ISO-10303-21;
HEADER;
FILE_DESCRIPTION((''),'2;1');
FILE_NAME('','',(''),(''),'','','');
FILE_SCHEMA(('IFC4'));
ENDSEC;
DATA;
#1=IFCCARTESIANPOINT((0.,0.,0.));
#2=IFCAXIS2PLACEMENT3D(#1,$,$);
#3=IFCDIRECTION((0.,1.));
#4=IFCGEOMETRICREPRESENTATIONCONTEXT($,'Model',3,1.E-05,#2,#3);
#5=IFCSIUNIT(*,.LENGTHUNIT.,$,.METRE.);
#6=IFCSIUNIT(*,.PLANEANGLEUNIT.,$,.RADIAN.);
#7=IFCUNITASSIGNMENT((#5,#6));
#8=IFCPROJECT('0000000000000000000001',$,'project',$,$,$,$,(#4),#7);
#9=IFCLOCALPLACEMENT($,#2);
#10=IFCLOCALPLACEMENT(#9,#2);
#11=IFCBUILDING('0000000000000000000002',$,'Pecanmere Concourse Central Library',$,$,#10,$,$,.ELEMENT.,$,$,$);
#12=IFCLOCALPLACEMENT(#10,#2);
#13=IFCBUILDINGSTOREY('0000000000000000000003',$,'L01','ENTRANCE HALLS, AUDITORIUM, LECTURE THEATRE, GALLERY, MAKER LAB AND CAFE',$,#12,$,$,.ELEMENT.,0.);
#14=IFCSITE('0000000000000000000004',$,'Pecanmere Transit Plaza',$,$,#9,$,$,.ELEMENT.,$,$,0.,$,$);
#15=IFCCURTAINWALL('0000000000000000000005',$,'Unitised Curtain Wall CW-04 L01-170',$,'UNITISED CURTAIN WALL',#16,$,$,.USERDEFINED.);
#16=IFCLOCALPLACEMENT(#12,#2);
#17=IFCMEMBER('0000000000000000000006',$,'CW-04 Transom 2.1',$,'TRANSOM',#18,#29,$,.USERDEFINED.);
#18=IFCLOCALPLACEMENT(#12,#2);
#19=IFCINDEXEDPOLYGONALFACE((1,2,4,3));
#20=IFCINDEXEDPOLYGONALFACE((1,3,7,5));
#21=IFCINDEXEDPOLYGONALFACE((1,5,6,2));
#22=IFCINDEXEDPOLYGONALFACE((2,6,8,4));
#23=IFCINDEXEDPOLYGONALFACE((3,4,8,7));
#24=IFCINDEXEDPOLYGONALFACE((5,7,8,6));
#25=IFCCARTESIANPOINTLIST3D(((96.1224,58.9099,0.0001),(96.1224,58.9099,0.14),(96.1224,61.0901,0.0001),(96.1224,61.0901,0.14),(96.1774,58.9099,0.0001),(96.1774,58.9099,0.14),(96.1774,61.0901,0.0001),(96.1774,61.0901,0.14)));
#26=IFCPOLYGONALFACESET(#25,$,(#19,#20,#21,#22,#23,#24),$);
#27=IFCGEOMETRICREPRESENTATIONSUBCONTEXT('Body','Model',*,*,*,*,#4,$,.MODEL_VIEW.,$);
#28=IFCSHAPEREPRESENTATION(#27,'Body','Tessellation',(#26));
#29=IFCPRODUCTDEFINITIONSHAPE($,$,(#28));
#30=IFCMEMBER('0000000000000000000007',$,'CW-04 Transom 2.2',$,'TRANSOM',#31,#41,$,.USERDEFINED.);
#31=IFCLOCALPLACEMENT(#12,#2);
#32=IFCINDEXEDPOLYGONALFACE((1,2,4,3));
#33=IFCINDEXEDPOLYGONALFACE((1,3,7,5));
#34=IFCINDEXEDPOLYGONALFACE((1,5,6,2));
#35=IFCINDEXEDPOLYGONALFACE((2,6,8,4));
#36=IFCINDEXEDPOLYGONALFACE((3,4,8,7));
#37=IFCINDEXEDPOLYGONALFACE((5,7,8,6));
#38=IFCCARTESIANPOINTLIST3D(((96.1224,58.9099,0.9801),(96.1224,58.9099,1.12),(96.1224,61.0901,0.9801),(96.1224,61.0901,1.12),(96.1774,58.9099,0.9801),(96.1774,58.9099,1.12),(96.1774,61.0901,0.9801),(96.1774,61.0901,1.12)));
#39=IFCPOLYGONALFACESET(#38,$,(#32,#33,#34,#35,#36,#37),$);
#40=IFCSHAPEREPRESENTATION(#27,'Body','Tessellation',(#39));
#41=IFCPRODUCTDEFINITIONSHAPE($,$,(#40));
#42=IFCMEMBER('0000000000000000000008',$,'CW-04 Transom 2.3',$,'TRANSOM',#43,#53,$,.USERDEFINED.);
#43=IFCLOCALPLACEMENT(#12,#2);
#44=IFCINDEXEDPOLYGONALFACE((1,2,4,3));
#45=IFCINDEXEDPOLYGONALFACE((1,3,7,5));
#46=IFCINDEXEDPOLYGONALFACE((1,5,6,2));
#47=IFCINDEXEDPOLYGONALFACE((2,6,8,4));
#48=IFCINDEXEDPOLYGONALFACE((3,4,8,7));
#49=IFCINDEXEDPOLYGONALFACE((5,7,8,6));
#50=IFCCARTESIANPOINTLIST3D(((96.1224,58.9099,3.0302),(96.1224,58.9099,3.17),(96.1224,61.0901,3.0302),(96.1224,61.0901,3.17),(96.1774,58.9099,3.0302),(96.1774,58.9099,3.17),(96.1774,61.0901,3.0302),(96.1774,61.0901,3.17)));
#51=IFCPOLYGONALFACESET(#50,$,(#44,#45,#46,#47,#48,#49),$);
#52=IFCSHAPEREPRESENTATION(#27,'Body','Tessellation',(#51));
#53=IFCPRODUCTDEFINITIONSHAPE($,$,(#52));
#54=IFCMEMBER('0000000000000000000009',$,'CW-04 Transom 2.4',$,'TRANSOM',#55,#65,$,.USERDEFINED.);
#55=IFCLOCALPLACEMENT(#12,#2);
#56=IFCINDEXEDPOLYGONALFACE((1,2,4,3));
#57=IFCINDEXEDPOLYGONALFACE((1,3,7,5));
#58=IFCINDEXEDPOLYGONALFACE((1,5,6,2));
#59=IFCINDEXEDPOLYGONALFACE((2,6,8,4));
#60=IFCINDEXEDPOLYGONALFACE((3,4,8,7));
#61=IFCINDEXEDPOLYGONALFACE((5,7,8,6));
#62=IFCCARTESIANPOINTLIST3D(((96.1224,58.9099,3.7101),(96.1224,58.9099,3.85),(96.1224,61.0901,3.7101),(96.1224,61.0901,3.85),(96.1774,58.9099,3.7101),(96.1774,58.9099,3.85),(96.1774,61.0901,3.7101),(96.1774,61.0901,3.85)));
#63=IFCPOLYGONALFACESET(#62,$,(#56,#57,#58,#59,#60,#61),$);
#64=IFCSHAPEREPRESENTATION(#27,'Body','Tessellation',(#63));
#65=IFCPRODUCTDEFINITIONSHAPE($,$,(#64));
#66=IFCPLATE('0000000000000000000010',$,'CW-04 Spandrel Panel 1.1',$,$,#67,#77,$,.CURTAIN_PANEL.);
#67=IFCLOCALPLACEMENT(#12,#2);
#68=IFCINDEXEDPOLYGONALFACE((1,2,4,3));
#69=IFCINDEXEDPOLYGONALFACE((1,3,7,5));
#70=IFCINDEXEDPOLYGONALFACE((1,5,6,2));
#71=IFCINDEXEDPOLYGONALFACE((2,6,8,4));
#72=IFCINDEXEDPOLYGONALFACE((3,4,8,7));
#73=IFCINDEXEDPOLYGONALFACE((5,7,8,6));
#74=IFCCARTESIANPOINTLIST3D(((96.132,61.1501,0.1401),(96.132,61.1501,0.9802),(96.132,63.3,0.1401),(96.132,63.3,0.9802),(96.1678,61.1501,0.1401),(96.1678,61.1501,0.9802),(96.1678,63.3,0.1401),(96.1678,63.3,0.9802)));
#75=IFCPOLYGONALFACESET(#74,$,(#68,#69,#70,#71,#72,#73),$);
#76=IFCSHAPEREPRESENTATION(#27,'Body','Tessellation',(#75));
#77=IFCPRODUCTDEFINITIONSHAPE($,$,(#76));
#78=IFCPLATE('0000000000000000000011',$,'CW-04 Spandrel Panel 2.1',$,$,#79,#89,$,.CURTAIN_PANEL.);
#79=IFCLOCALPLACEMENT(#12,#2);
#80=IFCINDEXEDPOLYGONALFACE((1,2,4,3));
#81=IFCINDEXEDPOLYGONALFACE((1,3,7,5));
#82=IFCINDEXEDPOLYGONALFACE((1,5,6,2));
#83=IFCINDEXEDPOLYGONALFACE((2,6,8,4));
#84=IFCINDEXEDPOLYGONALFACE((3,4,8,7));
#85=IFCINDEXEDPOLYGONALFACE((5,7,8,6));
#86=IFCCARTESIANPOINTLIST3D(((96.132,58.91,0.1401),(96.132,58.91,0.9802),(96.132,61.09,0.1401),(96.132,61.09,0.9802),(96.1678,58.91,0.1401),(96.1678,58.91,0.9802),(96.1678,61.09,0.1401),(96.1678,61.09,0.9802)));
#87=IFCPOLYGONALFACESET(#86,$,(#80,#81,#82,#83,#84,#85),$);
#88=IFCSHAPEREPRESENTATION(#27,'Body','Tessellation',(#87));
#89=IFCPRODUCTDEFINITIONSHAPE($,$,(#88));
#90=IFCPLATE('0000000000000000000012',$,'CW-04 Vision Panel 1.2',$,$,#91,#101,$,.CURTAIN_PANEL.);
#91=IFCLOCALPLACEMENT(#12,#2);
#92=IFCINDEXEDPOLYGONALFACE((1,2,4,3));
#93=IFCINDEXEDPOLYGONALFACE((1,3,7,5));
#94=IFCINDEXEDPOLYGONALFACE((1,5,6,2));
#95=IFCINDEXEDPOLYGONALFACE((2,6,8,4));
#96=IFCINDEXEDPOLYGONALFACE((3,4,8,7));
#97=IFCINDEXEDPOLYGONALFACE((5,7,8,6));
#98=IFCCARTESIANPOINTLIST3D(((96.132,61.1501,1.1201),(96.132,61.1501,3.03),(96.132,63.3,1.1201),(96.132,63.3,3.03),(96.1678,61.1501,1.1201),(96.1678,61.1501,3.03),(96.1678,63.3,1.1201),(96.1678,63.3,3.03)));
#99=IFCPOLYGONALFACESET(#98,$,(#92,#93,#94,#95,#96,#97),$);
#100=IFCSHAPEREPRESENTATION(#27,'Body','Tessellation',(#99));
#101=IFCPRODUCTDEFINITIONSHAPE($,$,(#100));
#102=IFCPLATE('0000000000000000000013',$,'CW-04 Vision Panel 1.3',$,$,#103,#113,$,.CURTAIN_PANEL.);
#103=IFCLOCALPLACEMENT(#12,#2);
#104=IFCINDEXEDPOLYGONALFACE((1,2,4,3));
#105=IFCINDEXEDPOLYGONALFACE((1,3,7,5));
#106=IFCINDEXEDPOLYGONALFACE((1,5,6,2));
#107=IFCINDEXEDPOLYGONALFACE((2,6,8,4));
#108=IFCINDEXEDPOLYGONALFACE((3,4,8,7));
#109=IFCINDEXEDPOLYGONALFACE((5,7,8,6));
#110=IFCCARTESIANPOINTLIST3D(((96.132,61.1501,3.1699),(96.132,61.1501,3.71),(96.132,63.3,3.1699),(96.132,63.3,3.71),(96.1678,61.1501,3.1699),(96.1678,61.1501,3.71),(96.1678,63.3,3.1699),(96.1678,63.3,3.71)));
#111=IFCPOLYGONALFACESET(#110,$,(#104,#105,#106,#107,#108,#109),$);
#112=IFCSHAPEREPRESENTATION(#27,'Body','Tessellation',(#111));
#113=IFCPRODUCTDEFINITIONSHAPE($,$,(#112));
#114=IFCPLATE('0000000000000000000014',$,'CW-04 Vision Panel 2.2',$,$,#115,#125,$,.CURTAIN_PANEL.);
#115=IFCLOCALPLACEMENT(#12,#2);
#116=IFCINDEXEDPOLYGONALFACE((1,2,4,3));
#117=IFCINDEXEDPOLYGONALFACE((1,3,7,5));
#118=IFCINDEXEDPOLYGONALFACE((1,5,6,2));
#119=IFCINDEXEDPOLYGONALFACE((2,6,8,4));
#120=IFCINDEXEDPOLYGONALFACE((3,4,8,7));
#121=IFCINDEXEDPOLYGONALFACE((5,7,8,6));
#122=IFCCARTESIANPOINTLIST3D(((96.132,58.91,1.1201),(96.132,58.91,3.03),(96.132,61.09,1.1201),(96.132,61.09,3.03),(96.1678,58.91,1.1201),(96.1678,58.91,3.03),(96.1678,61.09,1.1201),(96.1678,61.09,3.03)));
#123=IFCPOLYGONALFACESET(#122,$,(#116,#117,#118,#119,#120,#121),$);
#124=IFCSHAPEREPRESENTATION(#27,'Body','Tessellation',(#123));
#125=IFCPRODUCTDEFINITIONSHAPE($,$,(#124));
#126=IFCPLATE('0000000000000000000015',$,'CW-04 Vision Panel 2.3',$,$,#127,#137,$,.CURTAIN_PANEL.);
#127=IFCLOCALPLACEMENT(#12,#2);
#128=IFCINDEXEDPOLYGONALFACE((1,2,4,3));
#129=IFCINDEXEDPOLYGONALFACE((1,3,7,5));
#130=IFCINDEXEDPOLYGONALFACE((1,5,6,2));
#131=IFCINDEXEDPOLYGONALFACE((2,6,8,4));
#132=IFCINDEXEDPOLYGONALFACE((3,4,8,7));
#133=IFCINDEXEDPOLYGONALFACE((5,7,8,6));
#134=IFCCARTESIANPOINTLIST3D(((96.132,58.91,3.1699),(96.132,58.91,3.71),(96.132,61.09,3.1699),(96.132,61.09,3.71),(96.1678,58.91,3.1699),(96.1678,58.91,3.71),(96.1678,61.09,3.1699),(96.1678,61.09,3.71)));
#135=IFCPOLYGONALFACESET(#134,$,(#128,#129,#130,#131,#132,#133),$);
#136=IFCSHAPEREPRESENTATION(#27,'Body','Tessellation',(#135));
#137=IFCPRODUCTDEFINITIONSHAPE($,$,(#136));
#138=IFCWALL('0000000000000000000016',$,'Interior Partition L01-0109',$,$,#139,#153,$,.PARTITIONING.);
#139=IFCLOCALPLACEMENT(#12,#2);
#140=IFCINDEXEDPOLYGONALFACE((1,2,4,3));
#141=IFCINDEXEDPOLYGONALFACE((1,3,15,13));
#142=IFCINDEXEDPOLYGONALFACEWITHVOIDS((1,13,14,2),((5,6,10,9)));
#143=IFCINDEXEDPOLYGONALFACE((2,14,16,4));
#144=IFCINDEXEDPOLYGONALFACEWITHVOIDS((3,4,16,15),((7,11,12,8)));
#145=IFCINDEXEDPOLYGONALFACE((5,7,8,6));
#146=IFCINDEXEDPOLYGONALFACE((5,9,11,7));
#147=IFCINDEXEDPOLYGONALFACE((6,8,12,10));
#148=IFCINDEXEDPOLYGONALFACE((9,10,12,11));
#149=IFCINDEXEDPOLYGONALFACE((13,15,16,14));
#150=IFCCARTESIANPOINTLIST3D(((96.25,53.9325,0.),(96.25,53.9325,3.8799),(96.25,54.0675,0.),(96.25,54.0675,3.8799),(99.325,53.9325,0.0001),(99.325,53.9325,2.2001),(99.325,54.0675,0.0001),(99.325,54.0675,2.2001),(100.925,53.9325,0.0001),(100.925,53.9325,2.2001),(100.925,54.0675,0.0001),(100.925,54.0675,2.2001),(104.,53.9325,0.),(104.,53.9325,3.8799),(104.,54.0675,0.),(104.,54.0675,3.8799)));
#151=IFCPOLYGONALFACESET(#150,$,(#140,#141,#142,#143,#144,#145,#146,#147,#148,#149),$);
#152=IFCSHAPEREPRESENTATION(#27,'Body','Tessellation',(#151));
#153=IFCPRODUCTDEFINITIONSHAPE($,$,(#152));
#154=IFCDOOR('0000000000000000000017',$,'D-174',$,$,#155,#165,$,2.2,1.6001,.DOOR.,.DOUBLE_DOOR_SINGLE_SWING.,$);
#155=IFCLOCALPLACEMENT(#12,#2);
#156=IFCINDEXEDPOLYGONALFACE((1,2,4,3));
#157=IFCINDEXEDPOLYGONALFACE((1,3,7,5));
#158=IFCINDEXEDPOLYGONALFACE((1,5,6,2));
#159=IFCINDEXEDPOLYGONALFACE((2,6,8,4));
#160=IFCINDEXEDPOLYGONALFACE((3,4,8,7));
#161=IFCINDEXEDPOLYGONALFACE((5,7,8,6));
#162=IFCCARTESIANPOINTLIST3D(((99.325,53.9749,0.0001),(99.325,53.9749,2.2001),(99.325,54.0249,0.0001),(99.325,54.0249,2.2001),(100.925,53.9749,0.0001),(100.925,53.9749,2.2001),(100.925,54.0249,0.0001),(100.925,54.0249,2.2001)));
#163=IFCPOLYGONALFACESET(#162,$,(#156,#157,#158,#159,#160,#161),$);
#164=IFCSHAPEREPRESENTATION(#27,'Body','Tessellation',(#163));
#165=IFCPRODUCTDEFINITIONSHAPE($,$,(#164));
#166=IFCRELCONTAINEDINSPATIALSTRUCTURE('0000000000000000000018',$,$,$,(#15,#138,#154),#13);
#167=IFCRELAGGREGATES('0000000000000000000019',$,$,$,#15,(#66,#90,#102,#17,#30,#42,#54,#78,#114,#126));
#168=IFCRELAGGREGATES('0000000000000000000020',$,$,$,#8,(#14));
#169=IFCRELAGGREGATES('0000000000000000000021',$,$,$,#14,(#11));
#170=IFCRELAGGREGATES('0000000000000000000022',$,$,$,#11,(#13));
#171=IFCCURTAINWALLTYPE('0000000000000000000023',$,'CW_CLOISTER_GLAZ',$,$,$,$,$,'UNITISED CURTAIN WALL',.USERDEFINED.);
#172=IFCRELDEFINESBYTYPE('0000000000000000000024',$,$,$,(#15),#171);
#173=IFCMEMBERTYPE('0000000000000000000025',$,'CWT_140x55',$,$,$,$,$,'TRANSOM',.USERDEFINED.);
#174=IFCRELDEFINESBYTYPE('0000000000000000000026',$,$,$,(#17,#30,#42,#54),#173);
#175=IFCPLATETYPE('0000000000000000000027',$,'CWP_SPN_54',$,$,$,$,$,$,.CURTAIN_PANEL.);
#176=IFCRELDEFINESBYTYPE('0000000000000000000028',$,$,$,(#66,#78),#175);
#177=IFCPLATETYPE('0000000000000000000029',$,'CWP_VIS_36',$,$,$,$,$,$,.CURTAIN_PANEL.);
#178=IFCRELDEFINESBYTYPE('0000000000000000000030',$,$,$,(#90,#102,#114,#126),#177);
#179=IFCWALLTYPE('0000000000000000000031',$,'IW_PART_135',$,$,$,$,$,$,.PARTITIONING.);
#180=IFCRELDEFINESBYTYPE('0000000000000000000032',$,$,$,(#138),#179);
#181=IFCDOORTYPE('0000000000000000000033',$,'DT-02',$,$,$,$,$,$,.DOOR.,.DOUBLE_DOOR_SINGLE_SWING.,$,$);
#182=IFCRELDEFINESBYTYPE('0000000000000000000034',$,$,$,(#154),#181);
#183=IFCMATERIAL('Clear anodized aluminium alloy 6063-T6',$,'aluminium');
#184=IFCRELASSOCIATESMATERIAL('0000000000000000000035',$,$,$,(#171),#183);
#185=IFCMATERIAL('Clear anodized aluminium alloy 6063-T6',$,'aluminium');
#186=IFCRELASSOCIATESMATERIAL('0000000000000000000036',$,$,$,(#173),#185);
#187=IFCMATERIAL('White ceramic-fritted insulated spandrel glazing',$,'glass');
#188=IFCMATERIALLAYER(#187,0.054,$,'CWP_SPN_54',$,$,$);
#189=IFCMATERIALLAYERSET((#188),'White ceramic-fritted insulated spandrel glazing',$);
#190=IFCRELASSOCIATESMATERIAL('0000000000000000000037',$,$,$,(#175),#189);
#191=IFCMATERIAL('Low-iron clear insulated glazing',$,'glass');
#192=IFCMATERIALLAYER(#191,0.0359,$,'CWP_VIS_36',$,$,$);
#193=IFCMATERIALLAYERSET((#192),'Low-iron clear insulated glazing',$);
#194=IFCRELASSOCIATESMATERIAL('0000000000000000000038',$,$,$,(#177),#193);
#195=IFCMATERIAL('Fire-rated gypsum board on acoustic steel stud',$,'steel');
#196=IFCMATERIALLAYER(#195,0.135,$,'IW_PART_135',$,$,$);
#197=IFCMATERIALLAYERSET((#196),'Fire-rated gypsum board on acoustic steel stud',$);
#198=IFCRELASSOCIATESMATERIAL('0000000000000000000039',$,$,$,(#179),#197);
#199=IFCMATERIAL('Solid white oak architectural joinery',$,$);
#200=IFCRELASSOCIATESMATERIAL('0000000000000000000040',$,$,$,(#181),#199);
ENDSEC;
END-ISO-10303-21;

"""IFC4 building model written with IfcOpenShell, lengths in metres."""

from ifc_helpers import new_model, si_unit, direction, frame, frame_2d, origin, origin_2d, place, context, subcontext, project, spatial, rectangle, extrude, material, layer, layer_set, material_profile, profile_set, type_object, element, fill, aggregate, save


model = new_model("IFC4")

# Units and contexts
model_context = context("Model", 3, precision=1e-05, world=origin(), true_north=direction((0.0, 1.0)))
body_context = subcontext(model_context, "Body", "Model", "MODEL_VIEW")
ifc_project = project(units=[si_unit("LENGTHUNIT", "METRE"), si_unit("PLANEANGLEUNIT", "RADIAN")], contexts=[model_context])

# Site, building, storey
site_placement = place(None, origin())
site = spatial("IfcSite", under=ifc_project, at=site_placement, Name="Pecanmere Transit Plaza", CompositionType="ELEMENT", RefElevation=0.0)
building_placement = place(site_placement, origin())
building = spatial("IfcBuilding", under=site, at=building_placement, Name="Pecanmere Concourse Central Library", CompositionType="ELEMENT")
storey_placement = place(building_placement, origin())
storey = spatial("IfcBuildingStorey", under=building, at=storey_placement, Name="L01", Description="ENTRANCE HALLS, AUDITORIUM, LECTURE THEATRE, GALLERY, MAKER LAB AND CAFE", CompositionType="ELEMENT", Elevation=0.0)

# Curtain wall, members, plates
ifc_material_1 = material(Name="Clear anodized aluminium alloy 6063-T6", Category="aluminium")
curtain_wall_type = type_object("IfcCurtainWallType", Name="CW_CLOISTER_GLAZ", ElementType="UNITISED CURTAIN WALL", PredefinedType="USERDEFINED", material=ifc_material_1)
curtain_wall_placement = place(storey_placement, origin())
curtain_wall = element("IfcCurtainWall", 1, at=curtain_wall_placement, inside=storey, type_object=curtain_wall_type, Name="Unitised Curtain Wall CW-04 L01-170", ObjectType="UNITISED CURTAIN WALL", PredefinedType="USERDEFINED")
ifc_material_2 = material(Name="Clear anodized aluminium alloy 6063-T6", Category="aluminium")
ifc_material_profile_1 = material_profile(ifc_material_2, rectangle(XDim=0.0549, YDim=0.1399, at=origin_2d()), Name="AL 55x140")
ifc_profile_set_1 = profile_set([ifc_material_profile_1], Name="Clear anodized aluminium alloy 6063-T6")
member_type_1 = type_object("IfcMemberType", Name="CWT_140x55", ElementType="TRANSOM", PredefinedType="USERDEFINED", material=ifc_profile_set_1)
member_1_placement = place(storey_placement, frame((96.1499, 61.0901, 0.0701), z_axis=(0.0, -1.0, 0.0), x_axis=(1.0, 0.0, 0.0)))
member_1 = element("IfcMember", 2, at=member_1_placement, type_object=member_type_1, Name="CW-04 Transom 2.1", ObjectType="TRANSOM", PredefinedType="USERDEFINED", context=body_context, shape_type="SweptSolid", body=[
    extrude(rectangle(XDim=0.0549, YDim=0.1399, at=origin_2d()), origin(), (0.0, 0.0, 1.0), 2.1802),
])
member_2_placement = place(storey_placement, frame((96.1499, 61.0901, 1.05), z_axis=(0.0, -1.0, 0.0), x_axis=(1.0, 0.0, 0.0)))
member_2 = element("IfcMember", 3, at=member_2_placement, type_object=member_type_1, Name="CW-04 Transom 2.2", ObjectType="TRANSOM", PredefinedType="USERDEFINED", context=body_context, shape_type="SweptSolid", body=[
    extrude(rectangle(XDim=0.0549, YDim=0.1399, at=origin_2d()), origin(), (0.0, 0.0, 1.0), 2.1802),
])
member_3_placement = place(storey_placement, frame((96.1499, 61.0901, 3.1001), z_axis=(0.0, -1.0, 0.0), x_axis=(1.0, 0.0, 0.0)))
member_3 = element("IfcMember", 4, at=member_3_placement, type_object=member_type_1, Name="CW-04 Transom 2.3", ObjectType="TRANSOM", PredefinedType="USERDEFINED", context=body_context, shape_type="SweptSolid", body=[
    extrude(rectangle(XDim=0.0549, YDim=0.1399, at=origin_2d()), origin(), (0.0, 0.0, 1.0), 2.1802),
])
member_4_placement = place(storey_placement, frame((96.1499, 61.0901, 3.78), z_axis=(0.0, -1.0, 0.0), x_axis=(1.0, 0.0, 0.0)))
member_4 = element("IfcMember", 5, at=member_4_placement, type_object=member_type_1, Name="CW-04 Transom 2.4", ObjectType="TRANSOM", PredefinedType="USERDEFINED", context=body_context, shape_type="SweptSolid", body=[
    extrude(rectangle(XDim=0.0549, YDim=0.1399, at=origin_2d()), origin(), (0.0, 0.0, 1.0), 2.1802),
])
ifc_material_3 = material(Name="White ceramic-fritted insulated spandrel glazing", Category="glass")
ifc_layer_1 = layer(ifc_material_3, 0.054, Name="CWP_SPN_54")
ifc_layer_set_1 = layer_set([ifc_layer_1], Name="White ceramic-fritted insulated spandrel glazing")
plate_type_1 = type_object("IfcPlateType", Name="CWP_SPN_54", PredefinedType="CURTAIN_PANEL", material=ifc_layer_set_1)
plate_1_placement = place(storey_placement, frame((96.1499, 62.2251, 0.1401), z_axis=(0.0, 0.0, 1.0), x_axis=(0.0, -1.0, 0.0)))
plate_1 = element("IfcPlate", 6, at=plate_1_placement, type_object=plate_type_1, Name="CW-04 Spandrel Panel 1.1", PredefinedType="CURTAIN_PANEL", context=body_context, shape_type="SweptSolid", body=[
    extrude(rectangle(XDim=2.1499, YDim=0.0359, at=origin_2d()), origin(), (0.0, 0.0, 1.0), 0.8401),
])
plate_2_placement = place(storey_placement, frame((96.1499, 60.0, 0.1401), z_axis=(0.0, 0.0, 1.0), x_axis=(0.0, -1.0, 0.0)))
plate_2 = element("IfcPlate", 7, at=plate_2_placement, type_object=plate_type_1, Name="CW-04 Spandrel Panel 2.1", PredefinedType="CURTAIN_PANEL", context=body_context, shape_type="SweptSolid", body=[
    extrude(rectangle(XDim=2.1799, YDim=0.0359, at=origin_2d()), origin(), (0.0, 0.0, 1.0), 0.8401),
])
ifc_material_4 = material(Name="Low-iron clear insulated glazing", Category="glass")
ifc_layer_2 = layer(ifc_material_4, 0.0359, Name="CWP_VIS_36")
ifc_layer_set_2 = layer_set([ifc_layer_2], Name="Low-iron clear insulated glazing")
plate_type_2 = type_object("IfcPlateType", Name="CWP_VIS_36", PredefinedType="CURTAIN_PANEL", material=ifc_layer_set_2)
plate_3_placement = place(storey_placement, frame((96.1499, 62.2251, 1.1201), z_axis=(0.0, 0.0, 1.0), x_axis=(0.0, -1.0, 0.0)))
plate_3 = element("IfcPlate", 8, at=plate_3_placement, type_object=plate_type_2, Name="CW-04 Vision Panel 1.2", PredefinedType="CURTAIN_PANEL", context=body_context, shape_type="SweptSolid", body=[
    extrude(rectangle(XDim=2.1499, YDim=0.0359, at=origin_2d()), origin(), (0.0, 0.0, 1.0), 1.9099),
])
plate_4_placement = place(storey_placement, frame((96.1499, 62.2251, 3.1699), z_axis=(0.0, 0.0, 1.0), x_axis=(0.0, -1.0, 0.0)))
plate_4 = element("IfcPlate", 9, at=plate_4_placement, type_object=plate_type_2, Name="CW-04 Vision Panel 1.3", PredefinedType="CURTAIN_PANEL", context=body_context, shape_type="SweptSolid", body=[
    extrude(rectangle(XDim=2.1499, YDim=0.0359, at=origin_2d()), origin(), (0.0, 0.0, 1.0), 0.54),
])
plate_5_placement = place(storey_placement, frame((96.1499, 60.0, 1.1201), z_axis=(0.0, 0.0, 1.0), x_axis=(0.0, -1.0, 0.0)))
plate_5 = element("IfcPlate", 10, at=plate_5_placement, type_object=plate_type_2, Name="CW-04 Vision Panel 2.2", PredefinedType="CURTAIN_PANEL", context=body_context, shape_type="SweptSolid", body=[
    extrude(rectangle(XDim=2.1799, YDim=0.0359, at=origin_2d()), origin(), (0.0, 0.0, 1.0), 1.9099),
])
plate_6_placement = place(storey_placement, frame((96.1499, 60.0, 3.1699), z_axis=(0.0, 0.0, 1.0), x_axis=(0.0, -1.0, 0.0)))
plate_6 = element("IfcPlate", 11, at=plate_6_placement, type_object=plate_type_2, Name="CW-04 Vision Panel 2.3", PredefinedType="CURTAIN_PANEL", context=body_context, shape_type="SweptSolid", body=[
    extrude(rectangle(XDim=2.1799, YDim=0.0359, at=origin_2d()), origin(), (0.0, 0.0, 1.0), 0.54),
])
aggregate(curtain_wall, [plate_1, plate_3, plate_4, member_1, member_2, member_3, member_4, plate_2, plate_5, plate_6])

# Wall, opening, door
ifc_material_5 = material(Name="Fire-rated gypsum board on acoustic steel stud", Category="steel")
ifc_layer_3 = layer(ifc_material_5, 0.135, Name="IW_PART_135")
ifc_layer_set_3 = layer_set([ifc_layer_3], Name="Fire-rated gypsum board on acoustic steel stud")
wall_type = type_object("IfcWallType", Name="IW_PART_135", PredefinedType="PARTITIONING", material=ifc_layer_set_3)
wall_1_placement = place(storey_placement, frame((96.25, 54.0, 0.0), z_axis=(0.0, 0.0, 1.0), x_axis=(1.0, 0.0, 0.0)))
wall_1 = element("IfcWall", 12, at=wall_1_placement, inside=storey, type_object=wall_type, Name="Interior Partition L01-0109", PredefinedType="PARTITIONING", context=body_context, shape_type="SweptSolid", body=[
    extrude(rectangle(XDim=7.75, YDim=0.135, at=frame_2d((3.875, 0.0))), origin(), (0.0, 0.0, 1.0), 3.8799),
])
opening_1_placement = place(wall_1_placement, frame((3.075, 0.0, 0.0)))
opening_1 = element("IfcOpeningElement", 13, at=opening_1_placement, cuts=wall_1, PredefinedType="OPENING", context=body_context, shape_type="SweptSolid", body=[
    extrude(rectangle(XDim=1.6001, YDim=2.2, at=frame_2d((0.8, 1.1001))), frame((0.0, 0.0796, 0.0), z_axis=(0.0, -1.0, 0.0), x_axis=(1.0, 0.0, 0.0)), (0.0, 0.0, 1.0), 0.1589),
])
ifc_material_6 = material(Name="Solid white oak architectural joinery")
door_type_1 = type_object("IfcDoorType", Name="DT-02", OperationType="DOUBLE_DOOR_SINGLE_SWING", PredefinedType="DOOR", material=ifc_material_6)
door_1_placement = place(opening_1_placement, origin())
door_1 = element("IfcDoor", 14, at=door_1_placement, inside=storey, type_object=door_type_1, Name="D-174", OperationType="DOUBLE_DOOR_SINGLE_SWING", OverallHeight=2.2, OverallWidth=1.6001, PredefinedType="DOOR", context=body_context, shape_type="SweptSolid", body=[
    extrude(rectangle(XDim=1.6001, YDim=2.2, at=frame_2d((0.8, 1.1001))), frame((0.0, 0.0249, 0.0), z_axis=(0.0, -1.0, 0.0), x_axis=(1.0, 0.0, 0.0)), (0.0, 0.0, 1.0), 0.05),
])
fill(opening_1, door_1)

save(model, "model.ifc")
